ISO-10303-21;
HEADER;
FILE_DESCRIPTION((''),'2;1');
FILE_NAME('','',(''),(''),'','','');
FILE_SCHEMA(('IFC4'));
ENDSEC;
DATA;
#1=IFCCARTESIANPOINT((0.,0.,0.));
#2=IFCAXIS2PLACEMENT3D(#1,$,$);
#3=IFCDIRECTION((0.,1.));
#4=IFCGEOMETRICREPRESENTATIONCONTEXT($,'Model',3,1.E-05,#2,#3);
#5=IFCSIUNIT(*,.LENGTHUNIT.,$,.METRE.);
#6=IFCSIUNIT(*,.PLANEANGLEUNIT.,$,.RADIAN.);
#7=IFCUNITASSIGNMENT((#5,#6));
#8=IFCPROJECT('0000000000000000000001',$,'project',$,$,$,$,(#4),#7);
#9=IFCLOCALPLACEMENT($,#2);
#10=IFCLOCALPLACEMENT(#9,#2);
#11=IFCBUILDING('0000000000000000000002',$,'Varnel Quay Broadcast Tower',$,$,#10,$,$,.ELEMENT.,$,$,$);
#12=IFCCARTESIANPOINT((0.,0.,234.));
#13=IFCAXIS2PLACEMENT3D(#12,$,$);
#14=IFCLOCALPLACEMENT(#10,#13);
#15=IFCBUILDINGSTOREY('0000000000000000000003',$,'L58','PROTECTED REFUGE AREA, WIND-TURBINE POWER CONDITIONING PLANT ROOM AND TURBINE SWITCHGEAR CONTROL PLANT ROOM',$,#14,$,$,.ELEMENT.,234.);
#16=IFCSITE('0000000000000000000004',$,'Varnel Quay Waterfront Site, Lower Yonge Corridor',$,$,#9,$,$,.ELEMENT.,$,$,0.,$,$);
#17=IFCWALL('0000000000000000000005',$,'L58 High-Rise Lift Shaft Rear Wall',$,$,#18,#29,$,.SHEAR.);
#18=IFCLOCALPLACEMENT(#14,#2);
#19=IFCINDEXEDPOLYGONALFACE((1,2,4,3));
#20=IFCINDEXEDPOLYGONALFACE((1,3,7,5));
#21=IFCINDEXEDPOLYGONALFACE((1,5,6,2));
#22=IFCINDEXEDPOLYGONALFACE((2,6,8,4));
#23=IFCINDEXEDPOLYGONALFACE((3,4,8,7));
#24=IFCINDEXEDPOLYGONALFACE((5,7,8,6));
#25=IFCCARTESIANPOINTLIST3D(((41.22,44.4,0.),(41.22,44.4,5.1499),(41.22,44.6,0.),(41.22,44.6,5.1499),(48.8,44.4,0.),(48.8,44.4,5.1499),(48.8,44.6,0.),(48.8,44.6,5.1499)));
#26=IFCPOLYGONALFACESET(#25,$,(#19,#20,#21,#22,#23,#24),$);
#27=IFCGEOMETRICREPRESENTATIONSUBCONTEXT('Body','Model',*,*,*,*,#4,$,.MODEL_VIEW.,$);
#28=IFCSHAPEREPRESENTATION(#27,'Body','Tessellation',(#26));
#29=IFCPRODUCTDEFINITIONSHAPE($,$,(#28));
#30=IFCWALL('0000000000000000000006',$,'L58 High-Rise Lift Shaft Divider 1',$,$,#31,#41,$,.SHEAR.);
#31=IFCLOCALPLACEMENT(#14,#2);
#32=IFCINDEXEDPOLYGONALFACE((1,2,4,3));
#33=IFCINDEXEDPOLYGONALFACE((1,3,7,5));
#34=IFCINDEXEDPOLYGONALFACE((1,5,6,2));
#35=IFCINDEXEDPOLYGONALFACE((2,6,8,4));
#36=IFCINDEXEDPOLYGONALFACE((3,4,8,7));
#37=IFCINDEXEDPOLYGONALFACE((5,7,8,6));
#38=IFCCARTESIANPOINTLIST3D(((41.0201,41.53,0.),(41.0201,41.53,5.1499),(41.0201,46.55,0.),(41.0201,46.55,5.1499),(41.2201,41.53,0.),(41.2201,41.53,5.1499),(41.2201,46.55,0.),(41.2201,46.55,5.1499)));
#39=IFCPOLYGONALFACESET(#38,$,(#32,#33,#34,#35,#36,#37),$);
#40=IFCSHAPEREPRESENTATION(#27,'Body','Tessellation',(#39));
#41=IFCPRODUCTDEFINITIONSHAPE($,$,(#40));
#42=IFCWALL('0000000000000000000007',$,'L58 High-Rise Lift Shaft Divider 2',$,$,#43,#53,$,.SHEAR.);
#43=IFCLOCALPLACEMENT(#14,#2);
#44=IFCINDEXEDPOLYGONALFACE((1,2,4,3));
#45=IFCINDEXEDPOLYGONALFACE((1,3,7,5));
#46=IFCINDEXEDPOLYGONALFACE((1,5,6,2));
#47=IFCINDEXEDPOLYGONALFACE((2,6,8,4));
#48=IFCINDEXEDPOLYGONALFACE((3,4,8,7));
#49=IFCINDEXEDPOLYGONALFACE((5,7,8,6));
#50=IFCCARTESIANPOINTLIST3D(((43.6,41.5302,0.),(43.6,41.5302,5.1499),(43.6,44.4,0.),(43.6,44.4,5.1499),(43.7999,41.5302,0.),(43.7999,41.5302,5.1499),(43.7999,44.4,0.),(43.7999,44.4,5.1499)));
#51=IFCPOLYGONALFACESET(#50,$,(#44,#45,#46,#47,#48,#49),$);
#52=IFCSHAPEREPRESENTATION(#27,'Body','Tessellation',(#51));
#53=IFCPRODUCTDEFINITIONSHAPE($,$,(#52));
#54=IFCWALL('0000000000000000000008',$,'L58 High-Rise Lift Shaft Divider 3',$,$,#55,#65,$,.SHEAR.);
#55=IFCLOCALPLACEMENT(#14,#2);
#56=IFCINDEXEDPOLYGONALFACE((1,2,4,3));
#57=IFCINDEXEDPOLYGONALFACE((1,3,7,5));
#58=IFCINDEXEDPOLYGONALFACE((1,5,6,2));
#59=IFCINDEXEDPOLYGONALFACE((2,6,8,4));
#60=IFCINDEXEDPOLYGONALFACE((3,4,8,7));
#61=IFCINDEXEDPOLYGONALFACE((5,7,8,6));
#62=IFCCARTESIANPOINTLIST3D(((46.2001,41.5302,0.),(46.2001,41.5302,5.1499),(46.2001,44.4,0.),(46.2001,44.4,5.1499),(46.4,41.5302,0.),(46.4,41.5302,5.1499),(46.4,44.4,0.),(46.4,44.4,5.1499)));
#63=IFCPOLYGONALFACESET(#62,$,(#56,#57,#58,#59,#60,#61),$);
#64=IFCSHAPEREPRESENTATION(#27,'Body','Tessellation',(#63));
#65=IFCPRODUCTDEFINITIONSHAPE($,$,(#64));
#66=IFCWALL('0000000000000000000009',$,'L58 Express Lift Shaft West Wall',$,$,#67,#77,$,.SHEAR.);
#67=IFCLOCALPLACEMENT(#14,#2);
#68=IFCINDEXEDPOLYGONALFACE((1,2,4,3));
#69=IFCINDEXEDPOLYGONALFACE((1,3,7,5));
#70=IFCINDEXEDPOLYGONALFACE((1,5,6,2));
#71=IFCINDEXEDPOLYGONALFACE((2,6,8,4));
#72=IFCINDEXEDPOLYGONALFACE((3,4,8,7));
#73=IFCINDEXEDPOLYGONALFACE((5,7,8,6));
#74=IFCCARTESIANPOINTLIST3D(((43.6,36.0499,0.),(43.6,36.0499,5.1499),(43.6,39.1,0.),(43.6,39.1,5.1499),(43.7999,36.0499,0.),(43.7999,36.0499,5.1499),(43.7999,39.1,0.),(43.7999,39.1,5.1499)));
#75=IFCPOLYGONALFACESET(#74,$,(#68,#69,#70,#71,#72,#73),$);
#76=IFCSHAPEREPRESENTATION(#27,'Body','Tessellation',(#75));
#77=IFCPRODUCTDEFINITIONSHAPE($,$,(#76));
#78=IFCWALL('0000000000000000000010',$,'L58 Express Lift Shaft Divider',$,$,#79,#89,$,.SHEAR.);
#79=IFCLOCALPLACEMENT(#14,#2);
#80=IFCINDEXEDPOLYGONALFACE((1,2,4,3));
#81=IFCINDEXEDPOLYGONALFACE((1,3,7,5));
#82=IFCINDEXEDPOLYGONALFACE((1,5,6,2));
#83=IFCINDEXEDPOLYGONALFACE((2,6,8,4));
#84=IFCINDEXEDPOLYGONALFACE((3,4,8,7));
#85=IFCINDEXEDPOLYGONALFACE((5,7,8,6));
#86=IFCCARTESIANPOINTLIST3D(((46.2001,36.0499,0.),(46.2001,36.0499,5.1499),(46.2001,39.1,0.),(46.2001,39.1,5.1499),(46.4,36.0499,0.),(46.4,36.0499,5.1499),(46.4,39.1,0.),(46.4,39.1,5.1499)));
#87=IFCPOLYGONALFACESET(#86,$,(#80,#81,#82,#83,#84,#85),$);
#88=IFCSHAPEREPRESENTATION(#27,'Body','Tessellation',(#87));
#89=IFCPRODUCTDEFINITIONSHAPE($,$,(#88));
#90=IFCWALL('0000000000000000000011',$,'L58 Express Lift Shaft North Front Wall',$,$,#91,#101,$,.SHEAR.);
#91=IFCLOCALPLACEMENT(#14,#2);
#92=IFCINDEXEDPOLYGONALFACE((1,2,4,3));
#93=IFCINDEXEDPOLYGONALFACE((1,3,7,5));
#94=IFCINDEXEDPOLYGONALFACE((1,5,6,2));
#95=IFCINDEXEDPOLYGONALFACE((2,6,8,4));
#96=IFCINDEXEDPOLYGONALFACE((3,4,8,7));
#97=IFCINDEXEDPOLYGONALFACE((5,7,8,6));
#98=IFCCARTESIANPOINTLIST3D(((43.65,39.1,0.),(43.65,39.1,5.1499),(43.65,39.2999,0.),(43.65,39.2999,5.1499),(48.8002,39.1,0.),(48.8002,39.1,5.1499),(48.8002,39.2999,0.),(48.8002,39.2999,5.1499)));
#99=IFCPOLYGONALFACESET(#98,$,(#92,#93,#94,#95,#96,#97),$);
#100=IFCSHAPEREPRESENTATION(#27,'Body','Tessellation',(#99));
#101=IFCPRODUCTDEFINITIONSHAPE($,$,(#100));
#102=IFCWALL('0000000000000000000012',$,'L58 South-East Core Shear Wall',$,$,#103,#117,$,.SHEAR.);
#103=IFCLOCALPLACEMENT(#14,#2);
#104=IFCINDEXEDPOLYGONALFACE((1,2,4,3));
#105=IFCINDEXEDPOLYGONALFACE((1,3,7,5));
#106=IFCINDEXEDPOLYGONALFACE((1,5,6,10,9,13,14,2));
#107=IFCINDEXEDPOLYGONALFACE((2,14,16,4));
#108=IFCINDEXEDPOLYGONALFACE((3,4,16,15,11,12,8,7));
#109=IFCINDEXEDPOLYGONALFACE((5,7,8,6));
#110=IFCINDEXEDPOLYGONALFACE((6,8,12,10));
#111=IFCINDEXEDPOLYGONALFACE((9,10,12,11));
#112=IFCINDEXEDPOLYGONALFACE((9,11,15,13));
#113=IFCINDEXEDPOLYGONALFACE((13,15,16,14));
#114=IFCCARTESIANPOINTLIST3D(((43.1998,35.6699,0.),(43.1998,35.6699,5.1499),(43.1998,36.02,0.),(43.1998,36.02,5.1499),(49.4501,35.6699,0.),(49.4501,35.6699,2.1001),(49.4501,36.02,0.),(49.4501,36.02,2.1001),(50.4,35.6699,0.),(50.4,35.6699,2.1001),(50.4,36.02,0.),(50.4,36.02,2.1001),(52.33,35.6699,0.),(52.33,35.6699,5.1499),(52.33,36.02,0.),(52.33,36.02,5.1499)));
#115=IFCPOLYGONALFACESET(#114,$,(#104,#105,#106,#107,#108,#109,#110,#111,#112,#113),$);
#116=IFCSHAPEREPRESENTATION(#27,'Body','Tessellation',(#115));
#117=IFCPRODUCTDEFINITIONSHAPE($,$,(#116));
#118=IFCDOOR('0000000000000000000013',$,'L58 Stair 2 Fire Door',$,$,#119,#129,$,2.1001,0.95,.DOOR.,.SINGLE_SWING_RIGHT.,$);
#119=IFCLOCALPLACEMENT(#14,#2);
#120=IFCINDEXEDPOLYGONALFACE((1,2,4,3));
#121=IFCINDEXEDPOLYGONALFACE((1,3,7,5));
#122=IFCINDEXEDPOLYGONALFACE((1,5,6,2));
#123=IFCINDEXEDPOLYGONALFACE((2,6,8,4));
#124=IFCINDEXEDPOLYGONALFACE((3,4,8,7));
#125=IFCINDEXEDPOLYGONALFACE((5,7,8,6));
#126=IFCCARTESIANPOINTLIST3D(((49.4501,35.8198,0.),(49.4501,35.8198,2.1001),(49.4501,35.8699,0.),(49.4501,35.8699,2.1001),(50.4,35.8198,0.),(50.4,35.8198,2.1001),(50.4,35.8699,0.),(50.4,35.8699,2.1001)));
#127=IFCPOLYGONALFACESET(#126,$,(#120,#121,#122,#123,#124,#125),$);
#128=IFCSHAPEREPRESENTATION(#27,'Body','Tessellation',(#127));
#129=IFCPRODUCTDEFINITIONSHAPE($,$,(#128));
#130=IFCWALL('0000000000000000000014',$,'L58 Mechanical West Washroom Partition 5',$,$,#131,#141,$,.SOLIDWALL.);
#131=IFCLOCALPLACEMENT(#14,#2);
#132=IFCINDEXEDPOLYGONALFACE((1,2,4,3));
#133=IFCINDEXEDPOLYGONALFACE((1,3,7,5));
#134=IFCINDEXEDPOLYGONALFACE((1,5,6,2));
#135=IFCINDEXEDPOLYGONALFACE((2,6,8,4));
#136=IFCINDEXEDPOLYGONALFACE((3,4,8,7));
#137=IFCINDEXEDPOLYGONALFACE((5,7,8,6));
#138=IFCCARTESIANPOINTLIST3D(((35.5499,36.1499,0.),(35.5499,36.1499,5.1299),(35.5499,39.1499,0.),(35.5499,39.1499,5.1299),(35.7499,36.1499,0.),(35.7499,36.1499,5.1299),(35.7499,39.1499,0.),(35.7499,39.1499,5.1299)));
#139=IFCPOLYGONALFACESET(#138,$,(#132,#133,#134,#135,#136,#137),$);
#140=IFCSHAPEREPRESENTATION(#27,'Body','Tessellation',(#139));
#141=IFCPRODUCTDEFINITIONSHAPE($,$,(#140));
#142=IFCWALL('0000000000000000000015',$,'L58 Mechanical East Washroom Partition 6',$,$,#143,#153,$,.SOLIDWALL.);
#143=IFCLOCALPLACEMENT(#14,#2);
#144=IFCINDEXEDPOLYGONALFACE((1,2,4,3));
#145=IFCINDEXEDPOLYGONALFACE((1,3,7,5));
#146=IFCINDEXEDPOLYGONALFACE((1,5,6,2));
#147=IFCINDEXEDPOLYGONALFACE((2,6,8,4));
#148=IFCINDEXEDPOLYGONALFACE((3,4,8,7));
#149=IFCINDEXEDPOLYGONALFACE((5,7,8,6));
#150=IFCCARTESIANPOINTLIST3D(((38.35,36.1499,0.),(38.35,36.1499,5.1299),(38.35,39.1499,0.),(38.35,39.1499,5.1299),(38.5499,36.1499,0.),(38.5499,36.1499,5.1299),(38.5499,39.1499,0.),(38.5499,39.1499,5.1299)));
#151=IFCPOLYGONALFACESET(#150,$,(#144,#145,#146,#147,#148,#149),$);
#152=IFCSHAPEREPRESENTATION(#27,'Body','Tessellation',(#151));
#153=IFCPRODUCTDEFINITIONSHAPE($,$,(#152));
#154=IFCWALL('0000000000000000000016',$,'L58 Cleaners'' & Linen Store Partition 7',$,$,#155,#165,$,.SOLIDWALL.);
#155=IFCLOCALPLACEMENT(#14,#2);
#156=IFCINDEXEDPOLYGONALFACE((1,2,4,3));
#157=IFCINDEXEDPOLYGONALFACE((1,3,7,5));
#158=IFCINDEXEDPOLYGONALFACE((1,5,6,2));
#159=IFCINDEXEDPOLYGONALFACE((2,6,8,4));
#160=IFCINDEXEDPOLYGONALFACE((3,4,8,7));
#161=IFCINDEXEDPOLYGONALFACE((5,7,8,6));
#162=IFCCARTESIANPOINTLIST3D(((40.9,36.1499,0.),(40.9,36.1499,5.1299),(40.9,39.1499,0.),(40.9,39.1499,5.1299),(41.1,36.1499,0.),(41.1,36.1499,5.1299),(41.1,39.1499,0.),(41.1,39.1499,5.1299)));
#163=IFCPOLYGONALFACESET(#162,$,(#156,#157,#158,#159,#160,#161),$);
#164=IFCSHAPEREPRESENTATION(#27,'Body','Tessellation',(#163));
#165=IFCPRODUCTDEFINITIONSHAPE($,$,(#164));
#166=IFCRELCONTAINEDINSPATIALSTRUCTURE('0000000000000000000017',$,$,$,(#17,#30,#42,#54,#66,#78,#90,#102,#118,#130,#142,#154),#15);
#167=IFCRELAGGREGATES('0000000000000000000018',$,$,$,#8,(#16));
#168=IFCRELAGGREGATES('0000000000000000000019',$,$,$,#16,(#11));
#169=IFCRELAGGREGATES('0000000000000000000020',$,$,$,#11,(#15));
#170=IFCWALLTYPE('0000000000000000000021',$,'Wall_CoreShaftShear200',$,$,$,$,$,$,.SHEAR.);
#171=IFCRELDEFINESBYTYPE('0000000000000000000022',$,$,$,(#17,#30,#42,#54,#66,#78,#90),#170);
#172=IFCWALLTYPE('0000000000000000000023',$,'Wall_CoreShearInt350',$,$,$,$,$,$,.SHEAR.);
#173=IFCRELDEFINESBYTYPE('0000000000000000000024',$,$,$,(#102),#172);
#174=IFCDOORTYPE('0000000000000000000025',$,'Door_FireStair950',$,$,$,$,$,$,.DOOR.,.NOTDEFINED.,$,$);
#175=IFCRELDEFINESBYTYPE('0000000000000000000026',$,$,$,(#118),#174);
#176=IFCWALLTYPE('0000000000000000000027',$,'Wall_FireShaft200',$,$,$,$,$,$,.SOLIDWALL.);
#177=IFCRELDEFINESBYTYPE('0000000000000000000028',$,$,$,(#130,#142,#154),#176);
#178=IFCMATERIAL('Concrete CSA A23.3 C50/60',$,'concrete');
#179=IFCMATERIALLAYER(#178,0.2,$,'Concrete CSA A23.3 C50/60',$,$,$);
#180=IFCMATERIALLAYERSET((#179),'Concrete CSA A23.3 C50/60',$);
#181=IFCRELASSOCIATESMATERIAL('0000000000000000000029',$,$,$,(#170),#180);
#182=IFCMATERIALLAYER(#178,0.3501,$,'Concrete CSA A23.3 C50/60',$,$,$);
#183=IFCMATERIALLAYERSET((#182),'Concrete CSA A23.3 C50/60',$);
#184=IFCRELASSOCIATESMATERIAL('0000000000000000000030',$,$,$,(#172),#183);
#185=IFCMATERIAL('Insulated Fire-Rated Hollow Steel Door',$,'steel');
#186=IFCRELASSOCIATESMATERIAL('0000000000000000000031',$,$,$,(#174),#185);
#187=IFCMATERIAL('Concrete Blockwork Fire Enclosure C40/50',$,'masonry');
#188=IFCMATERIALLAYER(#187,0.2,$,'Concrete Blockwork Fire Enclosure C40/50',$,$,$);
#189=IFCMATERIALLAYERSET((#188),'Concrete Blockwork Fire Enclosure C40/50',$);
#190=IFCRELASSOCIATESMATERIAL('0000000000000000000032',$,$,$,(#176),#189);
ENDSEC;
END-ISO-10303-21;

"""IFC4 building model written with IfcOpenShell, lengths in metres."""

from ifc_helpers import new_model, si_unit, direction, frame, frame_2d, origin, place, context, subcontext, project, spatial, rectangle, extrude, source, transform, mapped, material, layer, layer_set, type_object, type_shapes, element, fill, save


model = new_model("IFC4")

# Units and contexts
model_context = context("Model", 3, precision=1e-05, world=origin(), true_north=direction((0.0, 1.0)))
body_context = subcontext(model_context, "Body", "Model", "MODEL_VIEW")
ifc_project = project(units=[si_unit("LENGTHUNIT", "METRE"), si_unit("PLANEANGLEUNIT", "RADIAN")], contexts=[model_context])

# Site, building, storey
site_placement = place(None, origin())
site = spatial("IfcSite", under=ifc_project, at=site_placement, Name="Varnel Quay Waterfront Site, Lower Yonge Corridor", CompositionType="ELEMENT", RefElevation=0.0)
building_placement = place(site_placement, origin())
building = spatial("IfcBuilding", under=site, at=building_placement, Name="Varnel Quay Broadcast Tower", CompositionType="ELEMENT")
storey_placement = place(building_placement, frame((0.0, 0.0, 234.0)))
storey = spatial("IfcBuildingStorey", under=building, at=storey_placement, Name="L58", Description="PROTECTED REFUGE AREA, WIND-TURBINE POWER CONDITIONING PLANT ROOM AND TURBINE SWITCHGEAR CONTROL PLANT ROOM", CompositionType="ELEMENT", Elevation=234.0)

# Shared definitions
ifc_material_1 = material(Name="Concrete CSA A23.3 C50/60", Category="concrete")

# Walls
ifc_layer_1 = layer(ifc_material_1, 0.2, Name="Concrete CSA A23.3 C50/60")
ifc_layer_set_1 = layer_set([ifc_layer_1], Name="Concrete CSA A23.3 C50/60")
wall_type_1 = type_object("IfcWallType", Name="Wall_CoreShaftShear200", PredefinedType="SHEAR", material=ifc_layer_set_1)
wall_1_placement = place(storey_placement, frame((41.22, 44.5, 0.0), z_axis=(0.0, 0.0, 1.0), x_axis=(1.0, 0.0, 0.0)))
element("IfcWall", 1, at=wall_1_placement, inside=storey, type_object=wall_type_1, Name="L58 High-Rise Lift Shaft Rear Wall", PredefinedType="SHEAR", context=body_context, shape_type="SweptSolid", body=[
    extrude(rectangle(XDim=7.5801, YDim=0.2, at=frame_2d((3.79, 0.0))), origin(), (0.0, 0.0, 1.0), 5.1499),
])
wall_2_placement = place(storey_placement, frame((41.1201, 41.53, 0.0), z_axis=(0.0, 0.0, 1.0), x_axis=(0.0, 1.0, 0.0)))
element("IfcWall", 2, at=wall_2_placement, inside=storey, type_object=wall_type_1, Name="L58 High-Rise Lift Shaft Divider 1", PredefinedType="SHEAR", context=body_context, shape_type="SweptSolid", body=[
    extrude(rectangle(XDim=5.02, YDim=0.2, at=frame_2d((2.51, 0.0))), origin(), (0.0, 0.0, 1.0), 5.1499),
])
for number, where, z_axis, x_axis, name in (
    (3, (43.7, 41.53, 0.0), (0.0, 0.0, 1.0), (0.0, 1.0, 0.0), "L58 High-Rise Lift Shaft Divider 2"),
    (4, (46.3, 41.53, 0.0), (0.0, 0.0, 1.0), (0.0, 1.0, 0.0), "L58 High-Rise Lift Shaft Divider 3"),
):
    element("IfcWall", number, at=place(storey_placement, frame(where, z_axis=z_axis, x_axis=x_axis)), inside=storey, type_object=wall_type_1, Name=name, PredefinedType="SHEAR", context=body_context, shape_type="SweptSolid", body=[
        extrude(rectangle(XDim=2.8699, YDim=0.2, at=frame_2d((1.4351, 0.0))), origin(), (0.0, 0.0, 1.0), 5.1499),
    ])
for number, where, z_axis, x_axis, name in (
    (5, (43.7, 36.05, 0.0), (0.0, 0.0, 1.0), (0.0, 1.0, 0.0), "L58 Express Lift Shaft West Wall"),
    (6, (46.3, 36.05, 0.0), (0.0, 0.0, 1.0), (0.0, 1.0, 0.0), "L58 Express Lift Shaft Divider"),
):
    element("IfcWall", number, at=place(storey_placement, frame(where, z_axis=z_axis, x_axis=x_axis)), inside=storey, type_object=wall_type_1, Name=name, PredefinedType="SHEAR", context=body_context, shape_type="SweptSolid", body=[
        extrude(rectangle(XDim=3.05, YDim=0.2, at=frame_2d((1.5249, 0.0))), origin(), (0.0, 0.0, 1.0), 5.1499),
    ])
wall_3_placement = place(storey_placement, frame((43.6499, 39.2, 0.0), z_axis=(0.0, 0.0, 1.0), x_axis=(1.0, 0.0, 0.0)))
element("IfcWall", 7, at=wall_3_placement, inside=storey, type_object=wall_type_1, Name="L58 Express Lift Shaft North Front Wall", PredefinedType="SHEAR", context=body_context, shape_type="SweptSolid", body=[
    extrude(rectangle(XDim=5.1501, YDim=0.2, at=frame_2d((2.5752, 0.0))), origin(), (0.0, 0.0, 1.0), 5.1499),
])

# Wall, opening, door
ifc_layer_2 = layer(ifc_material_1, 0.3501, Name="Concrete CSA A23.3 C50/60")
ifc_layer_set_2 = layer_set([ifc_layer_2], Name="Concrete CSA A23.3 C50/60")
wall_type_2 = type_object("IfcWallType", Name="Wall_CoreShearInt350", PredefinedType="SHEAR", material=ifc_layer_set_2)
wall_4_placement = place(storey_placement, frame((43.2, 35.845, 0.0), z_axis=(0.0, 0.0, 1.0), x_axis=(1.0, 0.0, 0.0)))
wall_4 = element("IfcWall", 8, at=wall_4_placement, inside=storey, type_object=wall_type_2, Name="L58 South-East Core Shear Wall", PredefinedType="SHEAR", context=body_context, shape_type="SweptSolid", body=[
    extrude(rectangle(XDim=9.1301, YDim=0.3501, at=frame_2d((4.5649, 0.0))), origin(), (0.0, 0.0, 1.0), 5.1499),
])
opening_1_placement = place(wall_4_placement, frame((6.25, 0.0, 0.0)))
opening_1 = element("IfcOpeningElement", 9, at=opening_1_placement, cuts=wall_4, PredefinedType="OPENING", context=body_context, shape_type="SweptSolid", body=[
    extrude(rectangle(XDim=0.95, YDim=2.1001, at=frame_2d((0.4751, 1.05))), frame((0.0, 0.1851, 0.0), z_axis=(0.0, -1.0, 0.0), x_axis=(1.0, 0.0, 0.0)), (0.0, 0.0, 1.0), 0.3701),
])
ifc_material_2 = material(Name="Insulated Fire-Rated Hollow Steel Door", Category="steel")
door_type_1 = type_object("IfcDoorType", Name="Door_FireStair950", OperationType="NOTDEFINED", PredefinedType="DOOR", material=ifc_material_2)
shared_shape_1 = source(origin(), body_context, "Body", "SweptSolid", [
    extrude(rectangle(XDim=0.95, YDim=2.1001, at=frame_2d((0.4751, 1.05))), frame((0.0, 0.0249, 0.0), z_axis=(0.0, -1.0, 0.0), x_axis=(1.0, 0.0, 0.0)), (0.0, 0.0, 1.0), 0.05),
])
type_shapes(door_type_1, [shared_shape_1])
door_1_placement = place(opening_1_placement, origin())
door_1 = element("IfcDoor", 10, at=door_1_placement, inside=storey, type_object=door_type_1, Name="L58 Stair 2 Fire Door", OperationType="SINGLE_SWING_RIGHT", OverallHeight=2.1001, OverallWidth=0.95, PredefinedType="DOOR", context=body_context, shape_type="MappedRepresentation", body=[
    mapped(shared_shape_1, transform((0.0, 0.0, 0.0), x_axis=(1.0, 0.0, 0.0), y_axis=(0.0, 1.0, 0.0), z_axis=(0.0, 0.0, 1.0), scale=1.0)),
])
fill(opening_1, door_1)

# Walls
ifc_material_3 = material(Name="Concrete Blockwork Fire Enclosure C40/50", Category="masonry")
ifc_layer_3 = layer(ifc_material_3, 0.2, Name="Concrete Blockwork Fire Enclosure C40/50")
ifc_layer_set_3 = layer_set([ifc_layer_3], Name="Concrete Blockwork Fire Enclosure C40/50")
wall_type_3 = type_object("IfcWallType", Name="Wall_FireShaft200", PredefinedType="SOLIDWALL", material=ifc_layer_set_3)
for number, where, z_axis, x_axis, name in (
    (11, (35.6499, 36.1499, 0.0), (0.0, 0.0, 1.0), (0.0, 1.0, 0.0), "L58 Mechanical West Washroom Partition 5"),
    (12, (38.45, 36.1499, 0.0), (0.0, 0.0, 1.0), (0.0, 1.0, 0.0), "L58 Mechanical East Washroom Partition 6"),
    (13, (41.0, 36.1499, 0.0), (0.0, 0.0, 1.0), (0.0, 1.0, 0.0), "L58 Cleaners' & Linen Store Partition 7"),
):
    element("IfcWall", number, at=place(storey_placement, frame(where, z_axis=z_axis, x_axis=x_axis)), inside=storey, type_object=wall_type_3, Name=name, PredefinedType="SOLIDWALL", context=body_context, shape_type="SweptSolid", body=[
        extrude(rectangle(XDim=3.0, YDim=0.2, at=frame_2d((1.5, 0.0))), origin(), (0.0, 0.0, 1.0), 5.1299),
    ])

save(model, "model.ifc")
